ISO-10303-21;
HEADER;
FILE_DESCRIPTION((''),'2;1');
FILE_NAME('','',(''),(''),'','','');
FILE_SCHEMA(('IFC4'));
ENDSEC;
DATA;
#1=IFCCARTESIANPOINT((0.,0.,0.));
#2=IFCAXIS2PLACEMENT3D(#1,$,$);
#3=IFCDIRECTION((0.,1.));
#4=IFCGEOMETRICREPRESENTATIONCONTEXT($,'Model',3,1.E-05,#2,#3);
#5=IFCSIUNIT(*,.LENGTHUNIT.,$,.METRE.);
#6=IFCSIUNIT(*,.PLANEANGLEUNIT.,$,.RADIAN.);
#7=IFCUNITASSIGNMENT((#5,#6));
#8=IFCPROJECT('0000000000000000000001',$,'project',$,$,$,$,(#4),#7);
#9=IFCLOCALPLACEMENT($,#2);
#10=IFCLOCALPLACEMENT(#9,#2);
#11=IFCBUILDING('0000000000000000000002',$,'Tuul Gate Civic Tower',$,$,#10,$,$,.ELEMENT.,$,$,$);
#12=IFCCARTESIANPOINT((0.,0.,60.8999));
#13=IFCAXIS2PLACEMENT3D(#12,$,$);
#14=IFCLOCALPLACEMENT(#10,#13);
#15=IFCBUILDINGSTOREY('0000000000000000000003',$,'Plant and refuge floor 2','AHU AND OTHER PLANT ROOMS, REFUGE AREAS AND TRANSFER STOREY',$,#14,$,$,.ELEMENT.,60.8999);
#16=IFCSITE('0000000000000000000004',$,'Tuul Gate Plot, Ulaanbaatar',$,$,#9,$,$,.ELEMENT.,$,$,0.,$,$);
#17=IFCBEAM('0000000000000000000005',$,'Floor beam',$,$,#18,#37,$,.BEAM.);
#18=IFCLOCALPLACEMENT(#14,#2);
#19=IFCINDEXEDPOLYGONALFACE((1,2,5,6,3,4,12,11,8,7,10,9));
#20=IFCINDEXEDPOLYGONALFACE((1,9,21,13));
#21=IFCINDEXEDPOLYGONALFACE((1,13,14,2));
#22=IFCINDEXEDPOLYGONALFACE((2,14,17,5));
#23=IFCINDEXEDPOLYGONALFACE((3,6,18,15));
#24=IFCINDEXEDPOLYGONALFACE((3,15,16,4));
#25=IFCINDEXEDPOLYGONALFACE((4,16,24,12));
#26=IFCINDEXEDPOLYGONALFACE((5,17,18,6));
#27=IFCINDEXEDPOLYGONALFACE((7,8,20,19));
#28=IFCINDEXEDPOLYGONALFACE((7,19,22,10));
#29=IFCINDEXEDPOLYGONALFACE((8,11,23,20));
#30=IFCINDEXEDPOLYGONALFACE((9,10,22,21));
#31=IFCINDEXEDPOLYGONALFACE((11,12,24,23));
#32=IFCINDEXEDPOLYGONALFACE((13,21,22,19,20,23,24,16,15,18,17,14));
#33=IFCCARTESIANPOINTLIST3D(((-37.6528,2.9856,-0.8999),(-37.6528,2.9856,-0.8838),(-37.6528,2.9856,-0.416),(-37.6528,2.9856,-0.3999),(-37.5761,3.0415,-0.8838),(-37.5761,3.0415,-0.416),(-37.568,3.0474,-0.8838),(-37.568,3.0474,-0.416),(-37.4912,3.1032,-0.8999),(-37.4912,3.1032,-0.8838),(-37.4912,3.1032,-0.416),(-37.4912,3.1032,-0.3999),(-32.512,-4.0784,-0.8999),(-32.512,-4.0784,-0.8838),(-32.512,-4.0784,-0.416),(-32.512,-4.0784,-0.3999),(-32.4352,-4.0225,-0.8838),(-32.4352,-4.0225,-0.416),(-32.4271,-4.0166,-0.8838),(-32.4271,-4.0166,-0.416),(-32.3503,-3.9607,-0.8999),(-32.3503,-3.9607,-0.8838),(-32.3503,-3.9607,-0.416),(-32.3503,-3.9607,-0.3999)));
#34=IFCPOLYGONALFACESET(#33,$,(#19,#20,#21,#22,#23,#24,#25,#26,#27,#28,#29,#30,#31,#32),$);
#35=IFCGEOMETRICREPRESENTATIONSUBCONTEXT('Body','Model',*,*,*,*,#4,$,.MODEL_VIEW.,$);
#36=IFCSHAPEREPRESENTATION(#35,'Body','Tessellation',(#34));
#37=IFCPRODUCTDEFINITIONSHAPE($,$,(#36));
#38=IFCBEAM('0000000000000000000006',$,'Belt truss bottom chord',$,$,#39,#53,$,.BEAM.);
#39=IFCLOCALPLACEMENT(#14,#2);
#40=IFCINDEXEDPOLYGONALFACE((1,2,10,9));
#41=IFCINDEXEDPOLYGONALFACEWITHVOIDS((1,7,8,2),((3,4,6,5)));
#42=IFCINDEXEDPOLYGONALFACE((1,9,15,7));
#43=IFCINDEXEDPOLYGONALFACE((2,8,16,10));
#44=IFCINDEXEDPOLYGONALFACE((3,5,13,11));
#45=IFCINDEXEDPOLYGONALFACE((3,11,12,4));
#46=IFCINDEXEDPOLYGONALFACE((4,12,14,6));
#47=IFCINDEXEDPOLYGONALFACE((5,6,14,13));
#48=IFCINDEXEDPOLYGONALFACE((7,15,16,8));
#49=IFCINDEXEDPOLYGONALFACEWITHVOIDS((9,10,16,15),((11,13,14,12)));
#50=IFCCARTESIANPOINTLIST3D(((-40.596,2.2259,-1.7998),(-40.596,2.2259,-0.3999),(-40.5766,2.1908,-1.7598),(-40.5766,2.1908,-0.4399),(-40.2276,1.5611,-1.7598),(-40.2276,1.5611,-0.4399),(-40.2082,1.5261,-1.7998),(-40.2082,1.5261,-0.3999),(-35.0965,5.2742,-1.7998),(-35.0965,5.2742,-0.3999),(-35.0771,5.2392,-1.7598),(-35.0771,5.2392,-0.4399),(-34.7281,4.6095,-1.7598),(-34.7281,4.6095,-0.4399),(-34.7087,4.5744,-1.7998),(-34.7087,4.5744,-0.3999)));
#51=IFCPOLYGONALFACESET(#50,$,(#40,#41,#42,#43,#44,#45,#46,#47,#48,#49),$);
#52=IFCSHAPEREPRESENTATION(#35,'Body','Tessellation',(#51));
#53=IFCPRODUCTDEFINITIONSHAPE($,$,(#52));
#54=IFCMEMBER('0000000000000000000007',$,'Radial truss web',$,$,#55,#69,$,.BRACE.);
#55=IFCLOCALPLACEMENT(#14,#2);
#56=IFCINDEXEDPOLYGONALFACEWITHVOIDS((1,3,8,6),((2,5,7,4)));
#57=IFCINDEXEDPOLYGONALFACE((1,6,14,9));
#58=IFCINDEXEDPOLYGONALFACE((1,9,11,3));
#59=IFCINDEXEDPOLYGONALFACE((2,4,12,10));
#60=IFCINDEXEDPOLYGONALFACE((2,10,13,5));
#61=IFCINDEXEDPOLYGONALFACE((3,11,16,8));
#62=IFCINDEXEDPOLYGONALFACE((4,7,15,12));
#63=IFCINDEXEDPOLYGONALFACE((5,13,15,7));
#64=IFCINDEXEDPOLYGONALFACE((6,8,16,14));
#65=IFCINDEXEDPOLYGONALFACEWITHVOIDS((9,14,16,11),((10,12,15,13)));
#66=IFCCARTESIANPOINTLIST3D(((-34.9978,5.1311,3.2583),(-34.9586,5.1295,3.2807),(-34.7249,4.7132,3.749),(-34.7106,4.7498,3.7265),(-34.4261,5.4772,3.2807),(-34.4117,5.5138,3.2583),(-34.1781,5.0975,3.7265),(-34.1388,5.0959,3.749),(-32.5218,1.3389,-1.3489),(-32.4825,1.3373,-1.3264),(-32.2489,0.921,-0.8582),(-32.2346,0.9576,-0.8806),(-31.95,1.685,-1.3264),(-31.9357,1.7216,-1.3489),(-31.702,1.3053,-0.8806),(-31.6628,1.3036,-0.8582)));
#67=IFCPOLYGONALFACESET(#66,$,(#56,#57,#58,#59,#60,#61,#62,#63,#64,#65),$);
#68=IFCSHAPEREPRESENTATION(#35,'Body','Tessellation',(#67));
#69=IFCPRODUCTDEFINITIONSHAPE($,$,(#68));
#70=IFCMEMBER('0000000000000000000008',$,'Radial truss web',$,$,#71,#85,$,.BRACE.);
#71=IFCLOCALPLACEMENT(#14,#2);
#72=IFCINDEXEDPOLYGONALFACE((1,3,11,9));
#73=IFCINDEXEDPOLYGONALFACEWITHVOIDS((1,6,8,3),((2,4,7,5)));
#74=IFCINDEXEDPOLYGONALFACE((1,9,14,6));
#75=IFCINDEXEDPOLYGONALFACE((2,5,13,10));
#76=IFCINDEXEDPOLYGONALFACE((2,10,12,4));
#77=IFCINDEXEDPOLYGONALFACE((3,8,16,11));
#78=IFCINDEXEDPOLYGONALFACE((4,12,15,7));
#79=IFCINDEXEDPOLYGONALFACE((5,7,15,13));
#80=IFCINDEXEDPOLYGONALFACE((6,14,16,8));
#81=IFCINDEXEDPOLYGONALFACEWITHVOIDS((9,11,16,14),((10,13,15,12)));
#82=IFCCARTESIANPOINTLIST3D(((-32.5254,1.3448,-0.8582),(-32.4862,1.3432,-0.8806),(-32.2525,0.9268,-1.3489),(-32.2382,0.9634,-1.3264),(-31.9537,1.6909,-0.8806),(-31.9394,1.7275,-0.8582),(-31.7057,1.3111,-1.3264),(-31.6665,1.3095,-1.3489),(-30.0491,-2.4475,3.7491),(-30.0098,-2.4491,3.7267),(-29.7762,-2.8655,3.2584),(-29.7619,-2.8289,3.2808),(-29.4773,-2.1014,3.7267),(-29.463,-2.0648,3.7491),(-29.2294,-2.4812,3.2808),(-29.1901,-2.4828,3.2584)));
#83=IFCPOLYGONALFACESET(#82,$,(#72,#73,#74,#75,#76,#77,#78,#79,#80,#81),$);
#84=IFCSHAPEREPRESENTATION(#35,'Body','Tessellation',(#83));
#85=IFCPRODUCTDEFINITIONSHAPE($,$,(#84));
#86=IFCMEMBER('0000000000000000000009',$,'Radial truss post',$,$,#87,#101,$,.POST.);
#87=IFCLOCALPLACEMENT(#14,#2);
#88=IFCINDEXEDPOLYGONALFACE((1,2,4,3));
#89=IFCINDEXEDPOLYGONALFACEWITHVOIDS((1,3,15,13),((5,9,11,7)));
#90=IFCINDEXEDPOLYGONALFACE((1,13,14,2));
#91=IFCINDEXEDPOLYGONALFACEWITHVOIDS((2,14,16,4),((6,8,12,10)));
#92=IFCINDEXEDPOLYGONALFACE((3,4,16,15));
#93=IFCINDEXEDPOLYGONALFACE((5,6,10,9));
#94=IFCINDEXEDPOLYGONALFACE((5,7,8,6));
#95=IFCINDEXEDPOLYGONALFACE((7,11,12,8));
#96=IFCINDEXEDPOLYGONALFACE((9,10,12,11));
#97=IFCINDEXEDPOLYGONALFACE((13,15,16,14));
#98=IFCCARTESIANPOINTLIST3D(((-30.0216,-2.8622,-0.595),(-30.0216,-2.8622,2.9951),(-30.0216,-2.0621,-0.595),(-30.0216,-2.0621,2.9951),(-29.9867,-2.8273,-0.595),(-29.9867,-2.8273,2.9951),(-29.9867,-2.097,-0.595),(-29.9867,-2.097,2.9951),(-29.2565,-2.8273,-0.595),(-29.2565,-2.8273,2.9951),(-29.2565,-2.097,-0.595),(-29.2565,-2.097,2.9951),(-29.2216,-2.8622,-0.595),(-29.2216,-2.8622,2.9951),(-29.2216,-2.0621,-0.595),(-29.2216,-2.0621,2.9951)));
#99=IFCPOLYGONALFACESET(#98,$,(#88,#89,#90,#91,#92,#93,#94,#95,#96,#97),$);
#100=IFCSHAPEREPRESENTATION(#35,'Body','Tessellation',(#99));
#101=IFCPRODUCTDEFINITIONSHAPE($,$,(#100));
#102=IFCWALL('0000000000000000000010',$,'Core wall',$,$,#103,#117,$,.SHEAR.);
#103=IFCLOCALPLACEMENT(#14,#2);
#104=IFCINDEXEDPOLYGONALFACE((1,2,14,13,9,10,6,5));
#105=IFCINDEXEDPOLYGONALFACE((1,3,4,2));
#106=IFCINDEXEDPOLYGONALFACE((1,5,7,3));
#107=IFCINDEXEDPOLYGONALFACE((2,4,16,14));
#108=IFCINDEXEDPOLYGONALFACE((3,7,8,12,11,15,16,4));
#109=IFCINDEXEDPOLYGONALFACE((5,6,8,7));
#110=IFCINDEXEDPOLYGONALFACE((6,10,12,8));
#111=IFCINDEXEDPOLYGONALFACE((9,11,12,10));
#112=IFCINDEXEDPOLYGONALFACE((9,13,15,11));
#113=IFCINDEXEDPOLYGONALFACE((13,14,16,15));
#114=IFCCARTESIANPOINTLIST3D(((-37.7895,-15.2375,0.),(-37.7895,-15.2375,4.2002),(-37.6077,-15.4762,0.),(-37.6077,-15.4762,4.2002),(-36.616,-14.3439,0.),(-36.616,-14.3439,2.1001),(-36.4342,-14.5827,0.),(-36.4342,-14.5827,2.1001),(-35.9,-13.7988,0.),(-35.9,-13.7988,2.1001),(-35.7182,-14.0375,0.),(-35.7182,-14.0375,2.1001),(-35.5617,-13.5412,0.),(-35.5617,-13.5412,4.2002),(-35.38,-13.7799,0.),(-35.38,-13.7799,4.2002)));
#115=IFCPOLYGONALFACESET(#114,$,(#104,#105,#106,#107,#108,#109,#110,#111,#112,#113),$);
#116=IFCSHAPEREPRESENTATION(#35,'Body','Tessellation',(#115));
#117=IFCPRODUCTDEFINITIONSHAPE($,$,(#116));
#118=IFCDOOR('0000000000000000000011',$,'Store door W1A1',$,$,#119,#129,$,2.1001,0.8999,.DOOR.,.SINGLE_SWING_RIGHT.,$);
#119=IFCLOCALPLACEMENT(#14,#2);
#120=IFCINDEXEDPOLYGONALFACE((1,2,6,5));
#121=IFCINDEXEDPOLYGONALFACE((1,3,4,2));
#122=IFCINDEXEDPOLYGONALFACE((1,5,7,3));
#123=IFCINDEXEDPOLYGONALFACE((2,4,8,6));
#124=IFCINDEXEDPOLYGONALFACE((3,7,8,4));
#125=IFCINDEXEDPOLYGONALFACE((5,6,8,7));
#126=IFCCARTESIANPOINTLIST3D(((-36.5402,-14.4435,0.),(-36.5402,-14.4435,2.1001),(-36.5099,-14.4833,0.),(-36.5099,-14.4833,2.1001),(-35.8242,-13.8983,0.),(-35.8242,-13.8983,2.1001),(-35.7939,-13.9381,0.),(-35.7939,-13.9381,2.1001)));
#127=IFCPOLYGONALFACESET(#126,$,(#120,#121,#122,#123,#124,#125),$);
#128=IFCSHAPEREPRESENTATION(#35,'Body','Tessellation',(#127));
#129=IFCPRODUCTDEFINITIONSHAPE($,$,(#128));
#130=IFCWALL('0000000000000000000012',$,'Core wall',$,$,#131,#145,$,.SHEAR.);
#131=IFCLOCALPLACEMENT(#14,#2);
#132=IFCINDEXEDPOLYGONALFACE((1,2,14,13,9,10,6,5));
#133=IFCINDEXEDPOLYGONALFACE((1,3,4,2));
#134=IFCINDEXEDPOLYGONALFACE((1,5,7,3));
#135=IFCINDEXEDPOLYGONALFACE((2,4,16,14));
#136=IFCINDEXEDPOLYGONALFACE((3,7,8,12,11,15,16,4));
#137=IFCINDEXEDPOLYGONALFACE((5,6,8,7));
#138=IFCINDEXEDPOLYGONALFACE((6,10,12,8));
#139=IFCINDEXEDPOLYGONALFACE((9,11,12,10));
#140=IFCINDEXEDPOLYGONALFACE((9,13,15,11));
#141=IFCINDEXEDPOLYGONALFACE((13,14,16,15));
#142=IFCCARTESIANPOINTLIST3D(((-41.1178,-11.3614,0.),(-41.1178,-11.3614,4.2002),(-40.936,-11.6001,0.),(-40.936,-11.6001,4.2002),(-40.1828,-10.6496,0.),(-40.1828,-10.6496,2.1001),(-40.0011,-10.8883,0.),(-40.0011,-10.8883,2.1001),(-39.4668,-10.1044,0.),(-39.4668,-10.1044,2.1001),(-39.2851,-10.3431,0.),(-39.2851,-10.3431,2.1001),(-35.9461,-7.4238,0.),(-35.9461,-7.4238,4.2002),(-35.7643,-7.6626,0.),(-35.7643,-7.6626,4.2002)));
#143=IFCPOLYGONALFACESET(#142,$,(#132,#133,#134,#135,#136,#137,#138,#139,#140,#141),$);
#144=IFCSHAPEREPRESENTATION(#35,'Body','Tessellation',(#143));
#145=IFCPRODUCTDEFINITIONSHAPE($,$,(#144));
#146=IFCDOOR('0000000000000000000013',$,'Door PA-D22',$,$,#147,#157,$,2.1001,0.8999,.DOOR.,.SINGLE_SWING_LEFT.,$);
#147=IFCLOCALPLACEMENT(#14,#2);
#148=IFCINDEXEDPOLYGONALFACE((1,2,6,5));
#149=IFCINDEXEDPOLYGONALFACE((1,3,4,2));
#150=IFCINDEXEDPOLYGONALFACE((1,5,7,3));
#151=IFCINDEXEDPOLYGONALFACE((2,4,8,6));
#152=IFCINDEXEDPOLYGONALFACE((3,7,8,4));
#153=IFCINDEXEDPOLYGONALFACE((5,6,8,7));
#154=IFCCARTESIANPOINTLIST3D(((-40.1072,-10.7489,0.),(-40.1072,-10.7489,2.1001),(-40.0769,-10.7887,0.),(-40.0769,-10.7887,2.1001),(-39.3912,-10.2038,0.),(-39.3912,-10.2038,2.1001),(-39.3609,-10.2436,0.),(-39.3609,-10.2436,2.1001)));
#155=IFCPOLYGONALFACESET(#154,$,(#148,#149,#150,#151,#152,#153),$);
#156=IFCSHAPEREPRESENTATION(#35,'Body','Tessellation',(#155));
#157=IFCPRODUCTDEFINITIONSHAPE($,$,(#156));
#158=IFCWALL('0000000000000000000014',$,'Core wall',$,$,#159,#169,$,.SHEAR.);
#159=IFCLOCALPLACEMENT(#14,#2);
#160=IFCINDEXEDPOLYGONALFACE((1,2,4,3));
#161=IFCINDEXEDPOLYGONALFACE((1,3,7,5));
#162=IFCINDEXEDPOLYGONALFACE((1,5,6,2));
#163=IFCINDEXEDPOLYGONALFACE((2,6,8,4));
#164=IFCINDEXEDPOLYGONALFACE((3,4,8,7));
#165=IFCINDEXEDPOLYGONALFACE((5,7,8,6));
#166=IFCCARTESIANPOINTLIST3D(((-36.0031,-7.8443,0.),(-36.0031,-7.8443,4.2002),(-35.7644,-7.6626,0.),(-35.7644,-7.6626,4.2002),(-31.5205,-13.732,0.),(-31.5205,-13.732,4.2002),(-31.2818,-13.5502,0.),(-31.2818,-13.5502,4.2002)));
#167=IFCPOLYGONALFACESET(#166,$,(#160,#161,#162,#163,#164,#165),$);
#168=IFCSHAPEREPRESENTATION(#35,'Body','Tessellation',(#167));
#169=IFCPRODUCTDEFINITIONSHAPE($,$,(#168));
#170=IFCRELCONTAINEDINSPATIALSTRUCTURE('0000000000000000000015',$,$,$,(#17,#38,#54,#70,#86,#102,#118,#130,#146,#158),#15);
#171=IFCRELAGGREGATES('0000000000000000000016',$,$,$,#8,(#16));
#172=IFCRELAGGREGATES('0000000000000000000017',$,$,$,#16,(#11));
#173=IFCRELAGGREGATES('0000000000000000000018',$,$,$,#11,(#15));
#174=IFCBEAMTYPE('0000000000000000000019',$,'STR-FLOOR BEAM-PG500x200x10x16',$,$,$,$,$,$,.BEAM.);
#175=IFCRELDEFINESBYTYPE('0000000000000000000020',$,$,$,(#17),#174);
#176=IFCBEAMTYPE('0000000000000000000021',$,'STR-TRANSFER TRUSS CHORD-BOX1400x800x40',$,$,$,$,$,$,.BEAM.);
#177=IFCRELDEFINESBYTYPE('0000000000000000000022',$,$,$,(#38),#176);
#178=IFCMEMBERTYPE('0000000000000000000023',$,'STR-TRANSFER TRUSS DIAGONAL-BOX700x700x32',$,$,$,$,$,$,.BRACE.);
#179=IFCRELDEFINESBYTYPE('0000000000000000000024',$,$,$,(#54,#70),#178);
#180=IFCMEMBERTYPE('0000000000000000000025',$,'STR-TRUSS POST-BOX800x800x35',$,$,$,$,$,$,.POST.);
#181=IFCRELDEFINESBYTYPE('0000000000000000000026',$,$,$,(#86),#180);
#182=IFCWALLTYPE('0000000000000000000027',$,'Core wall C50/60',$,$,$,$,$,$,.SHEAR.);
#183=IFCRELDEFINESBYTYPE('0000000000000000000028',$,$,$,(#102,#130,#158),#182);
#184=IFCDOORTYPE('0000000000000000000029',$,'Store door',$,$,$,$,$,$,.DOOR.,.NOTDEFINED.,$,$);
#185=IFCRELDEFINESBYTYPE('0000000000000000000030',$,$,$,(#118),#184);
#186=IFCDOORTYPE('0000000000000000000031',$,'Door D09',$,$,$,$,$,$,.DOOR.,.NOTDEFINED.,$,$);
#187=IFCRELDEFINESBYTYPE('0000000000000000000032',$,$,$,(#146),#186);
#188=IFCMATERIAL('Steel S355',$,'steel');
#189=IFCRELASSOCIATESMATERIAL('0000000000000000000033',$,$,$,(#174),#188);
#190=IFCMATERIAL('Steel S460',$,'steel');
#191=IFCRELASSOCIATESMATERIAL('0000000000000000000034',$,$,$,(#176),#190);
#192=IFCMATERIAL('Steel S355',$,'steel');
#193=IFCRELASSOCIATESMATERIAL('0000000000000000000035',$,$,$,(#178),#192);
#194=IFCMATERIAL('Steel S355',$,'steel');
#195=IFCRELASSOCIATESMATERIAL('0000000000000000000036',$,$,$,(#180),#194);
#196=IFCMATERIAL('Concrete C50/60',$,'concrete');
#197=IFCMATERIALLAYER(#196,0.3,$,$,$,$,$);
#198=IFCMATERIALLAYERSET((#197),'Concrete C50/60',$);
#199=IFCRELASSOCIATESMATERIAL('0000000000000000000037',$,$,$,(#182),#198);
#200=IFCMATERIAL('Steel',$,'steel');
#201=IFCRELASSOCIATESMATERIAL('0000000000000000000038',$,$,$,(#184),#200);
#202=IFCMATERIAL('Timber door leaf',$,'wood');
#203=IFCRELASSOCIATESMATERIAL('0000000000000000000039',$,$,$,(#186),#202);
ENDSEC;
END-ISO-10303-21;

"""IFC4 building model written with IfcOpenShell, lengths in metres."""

from ifc_helpers import new_model, si_unit, direction, frame, frame_2d, origin, origin_2d, place, context, subcontext, project, spatial, rectangle, hollow_rectangle, i_section, extrude, material, layer, layer_set, material_profile, profile_set, type_object, element, fill, save


model = new_model("IFC4")

# Units and contexts
model_context = context("Model", 3, precision=1e-05, world=origin(), true_north=direction((0.0, 1.0)))
body_context = subcontext(model_context, "Body", "Model", "MODEL_VIEW")
ifc_project = project(units=[si_unit("LENGTHUNIT", "METRE"), si_unit("PLANEANGLEUNIT", "RADIAN")], contexts=[model_context])

# Site, building, storey
site_placement = place(None, origin())
site = spatial("IfcSite", under=ifc_project, at=site_placement, Name="Tuul Gate Plot, Ulaanbaatar", CompositionType="ELEMENT", RefElevation=0.0)
building_placement = place(site_placement, origin())
building = spatial("IfcBuilding", under=site, at=building_placement, Name="Tuul Gate Civic Tower", CompositionType="ELEMENT")
storey_placement = place(building_placement, frame((0.0, 0.0, 60.8999)))
storey = spatial("IfcBuildingStorey", under=building, at=storey_placement, Name="Plant and refuge floor 2", Description="AHU AND OTHER PLANT ROOMS, REFUGE AREAS AND TRANSFER STOREY", CompositionType="ELEMENT", Elevation=60.8999)

# Beams
ifc_material_1 = material(Name="Steel S355", Category="steel")
ifc_material_profile_1 = material_profile(ifc_material_1, i_section(OverallWidth=0.2, OverallDepth=0.5, WebThickness=0.01, FlangeThickness=0.0161, at=origin_2d()), Name="PG500x200x10x16")
ifc_profile_set_1 = profile_set([ifc_material_profile_1], Name="Steel S355")
beam_type_1 = type_object("IfcBeamType", Name="STR-FLOOR BEAM-PG500x200x10x16", PredefinedType="BEAM", material=ifc_profile_set_1)
beam_1_placement = place(storey_placement, frame((-32.4312, -4.0195, -0.6499), z_axis=(-0.588429, 0.808549, 0.0), x_axis=(-0.808549, -0.588429, 0.0)))
element("IfcBeam", 1, at=beam_1_placement, inside=storey, type_object=beam_type_1, Name="Floor beam", PredefinedType="BEAM", context=body_context, shape_type="SweptSolid", body=[
    extrude(i_section(OverallWidth=0.2, OverallDepth=0.5, WebThickness=0.01, FlangeThickness=0.0161, at=origin_2d()), origin(), (0.0, 0.0, 1.0), 8.7366),
])
ifc_material_2 = material(Name="Steel S460", Category="steel")
ifc_material_profile_2 = material_profile(ifc_material_2, hollow_rectangle(XDim=0.8, YDim=1.3999, WallThickness=0.04, at=origin_2d()), Name="BOX1400x800x40")
ifc_profile_set_2 = profile_set([ifc_material_profile_2], Name="Steel S460")
beam_type_2 = type_object("IfcBeamType", Name="STR-TRANSFER TRUSS CHORD-BOX1400x800x40", PredefinedType="BEAM", material=ifc_profile_set_2)
beam_2_placement = place(storey_placement, frame((-34.9026, 4.9243, -1.0999), z_axis=(-0.874626, -0.484799, 0.0), x_axis=(0.484799, -0.874626, 0.0)))
element("IfcBeam", 2, at=beam_2_placement, inside=storey, type_object=beam_type_2, Name="Belt truss bottom chord", PredefinedType="BEAM", context=body_context, shape_type="SweptSolid", body=[
    extrude(hollow_rectangle(XDim=0.8, YDim=1.3999, WallThickness=0.04, at=origin_2d()), origin(), (0.0, 0.0, 1.0), 6.2878),
])

# Members
ifc_material_3 = material(Name="Steel S355", Category="steel")
ifc_material_profile_3 = material_profile(ifc_material_3, hollow_rectangle(XDim=0.7, YDim=0.7, WallThickness=0.032, at=origin_2d()), Name="BOX700x700x32")
ifc_profile_set_3 = profile_set([ifc_material_profile_3], Name="Steel S355")
member_type_1 = type_object("IfcMemberType", Name="STR-TRANSFER TRUSS DIAGONAL-BOX700x700x32", PredefinedType="BRACE", material=ifc_profile_set_3)
member_1_placement = place(storey_placement, frame((-32.0923, 1.3213, -1.1035), z_axis=(-0.383263, 0.586988, 0.71313), x_axis=(-0.83732, -0.546713, 0.0)))
element("IfcMember", 3, at=member_1_placement, inside=storey, type_object=member_type_1, Name="Radial truss web", PredefinedType="BRACE", context=body_context, shape_type="SweptSolid", body=[
    extrude(hollow_rectangle(XDim=0.7, YDim=0.7, WallThickness=0.032, at=origin_2d()), origin(), (0.0, 0.0, 1.0), 6.4604),
])
member_2_placement = place(storey_placement, frame((-32.0959, 1.3271, -1.1035), z_axis=(0.383296, -0.586979, 0.71312), x_axis=(0.837295, 0.546751, 0.0)))
element("IfcMember", 4, at=member_2_placement, inside=storey, type_object=member_type_1, Name="Radial truss web", PredefinedType="BRACE", context=body_context, shape_type="SweptSolid", body=[
    extrude(hollow_rectangle(XDim=0.7, YDim=0.7, WallThickness=0.032, at=origin_2d()), origin(), (0.0, 0.0, 1.0), 6.4607),
])
ifc_material_4 = material(Name="Steel S355", Category="steel")
ifc_material_profile_4 = material_profile(ifc_material_4, hollow_rectangle(XDim=0.8, YDim=0.8, WallThickness=0.0349, at=origin_2d()), Name="BOX800x800x35")
ifc_profile_set_4 = profile_set([ifc_material_profile_4], Name="Steel S355")
member_type_2 = type_object("IfcMemberType", Name="STR-TRUSS POST-BOX800x800x35", PredefinedType="POST", material=ifc_profile_set_4)
member_3_placement = place(storey_placement, frame((-29.6216, -2.4622, -0.595), z_axis=(0.0, 0.0, 1.0), x_axis=(1.0, 0.0, 0.0)))
element("IfcMember", 5, at=member_3_placement, inside=storey, type_object=member_type_2, Name="Radial truss post", PredefinedType="POST", context=body_context, shape_type="SweptSolid", body=[
    extrude(hollow_rectangle(XDim=0.8, YDim=0.8, WallThickness=0.0349, at=origin_2d()), origin(), (0.0, 0.0, 1.0), 3.5901),
])

# Walls, openings, doors
ifc_material_5 = material(Name="Concrete C50/60", Category="concrete")
ifc_layer_1 = layer(ifc_material_5, 0.3)
ifc_layer_set_1 = layer_set([ifc_layer_1], Name="Concrete C50/60")
wall_type_1 = type_object("IfcWallType", Name="Core wall C50/60", PredefinedType="SHEAR", material=ifc_layer_set_1)
wall_1_placement = place(storey_placement, frame((-35.4709, -13.6606, 0.0), z_axis=(0.0, 0.0, 1.0), x_axis=(-0.795616, -0.605802, 0.0)))
wall_1 = element("IfcWall", 6, at=wall_1_placement, inside=storey, type_object=wall_type_1, Name="Core wall", PredefinedType="SHEAR", context=body_context, shape_type="SweptSolid", body=[
    extrude(rectangle(XDim=2.8, YDim=0.3, at=frame_2d((1.3999, 0.0))), origin(), (0.0, 0.0, 1.0), 4.2002),
])
opening_1_placement = place(wall_1_placement, frame((0.425, 0.0, 0.0)))
opening_1 = element("IfcOpeningElement", 7, at=opening_1_placement, cuts=wall_1, PredefinedType="OPENING", context=body_context, shape_type="SweptSolid", body=[
    extrude(rectangle(XDim=0.8999, YDim=2.1001, at=frame_2d((0.45, 1.05))), frame((0.0, 0.1602, 0.0), z_axis=(0.0, -1.0, 0.0), x_axis=(1.0, 0.0, 0.0)), (0.0, 0.0, 1.0), 0.3201),
])
ifc_material_6 = material(Name="Steel", Category="steel")
door_type_1 = type_object("IfcDoorType", Name="Store door", OperationType="NOTDEFINED", PredefinedType="DOOR", material=ifc_material_6)
door_1_placement = place(opening_1_placement, frame((0.8999, 0.0, 0.0), z_axis=(0.0, 0.0, 1.0), x_axis=(-1.0, 0.0, 0.0)))
door_1 = element("IfcDoor", 8, at=door_1_placement, inside=storey, type_object=door_type_1, Name="Store door W1A1", OperationType="SINGLE_SWING_RIGHT", OverallHeight=2.1001, OverallWidth=0.8999, PredefinedType="DOOR", context=body_context, shape_type="SweptSolid", body=[
    extrude(rectangle(XDim=0.8999, YDim=2.1001, at=frame_2d((0.45, 1.05))), frame((0.0, 0.0249, 0.0), z_axis=(0.0, -1.0, 0.0), x_axis=(1.0, 0.0, 0.0)), (0.0, 0.0, 1.0), 0.05),
])
fill(opening_1, door_1)
wall_2_placement = place(storey_placement, frame((-35.8552, -7.5432, 0.0), z_axis=(0.0, 0.0, 1.0), x_axis=(-0.795639, -0.605772, 0.0)))
wall_2 = element("IfcWall", 9, at=wall_2_placement, inside=storey, type_object=wall_type_1, Name="Core wall", PredefinedType="SHEAR", context=body_context, shape_type="SweptSolid", body=[
    extrude(rectangle(XDim=6.5, YDim=0.3, at=frame_2d((3.25, 0.0))), origin(), (0.0, 0.0, 1.0), 4.2002),
])
opening_2_placement = place(wall_2_placement, frame((4.425, 0.0, 0.0)))
opening_2 = element("IfcOpeningElement", 10, at=opening_2_placement, cuts=wall_2, PredefinedType="OPENING", context=body_context, shape_type="SweptSolid", body=[
    extrude(rectangle(XDim=0.8999, YDim=2.1001, at=frame_2d((0.45, 1.05))), frame((0.0, 0.1602, 0.0), z_axis=(0.0, -1.0, 0.0), x_axis=(1.0, 0.0, 0.0)), (0.0, 0.0, 1.0), 0.3201),
])
ifc_material_7 = material(Name="Timber door leaf", Category="wood")
door_type_2 = type_object("IfcDoorType", Name="Door D09", OperationType="NOTDEFINED", PredefinedType="DOOR", material=ifc_material_7)
door_2_placement = place(opening_2_placement, origin())
door_2 = element("IfcDoor", 11, at=door_2_placement, inside=storey, type_object=door_type_2, Name="Door PA-D22", OperationType="SINGLE_SWING_LEFT", OverallHeight=2.1001, OverallWidth=0.8999, PredefinedType="DOOR", context=body_context, shape_type="SweptSolid", body=[
    extrude(rectangle(XDim=0.8999, YDim=2.1001, at=frame_2d((0.45, 1.05))), frame((0.0, 0.0249, 0.0), z_axis=(0.0, -1.0, 0.0), x_axis=(1.0, 0.0, 0.0)), (0.0, 0.0, 1.0), 0.05),
])
fill(opening_2, door_2)

# Wall
wall_3_placement = place(storey_placement, frame((-31.4011, -13.6411, 0.0), z_axis=(0.0, 0.0, 1.0), x_axis=(-0.60577, 0.79564, 0.0)))
element("IfcWall", 12, at=wall_3_placement, inside=storey, type_object=wall_type_1, Name="Core wall", PredefinedType="SHEAR", context=body_context, shape_type="SweptSolid", body=[
    extrude(rectangle(XDim=7.3999, YDim=0.3, at=frame_2d((3.7, 0.0))), origin(), (0.0, 0.0, 1.0), 4.2002),
])

save(model, "model.ifc")
